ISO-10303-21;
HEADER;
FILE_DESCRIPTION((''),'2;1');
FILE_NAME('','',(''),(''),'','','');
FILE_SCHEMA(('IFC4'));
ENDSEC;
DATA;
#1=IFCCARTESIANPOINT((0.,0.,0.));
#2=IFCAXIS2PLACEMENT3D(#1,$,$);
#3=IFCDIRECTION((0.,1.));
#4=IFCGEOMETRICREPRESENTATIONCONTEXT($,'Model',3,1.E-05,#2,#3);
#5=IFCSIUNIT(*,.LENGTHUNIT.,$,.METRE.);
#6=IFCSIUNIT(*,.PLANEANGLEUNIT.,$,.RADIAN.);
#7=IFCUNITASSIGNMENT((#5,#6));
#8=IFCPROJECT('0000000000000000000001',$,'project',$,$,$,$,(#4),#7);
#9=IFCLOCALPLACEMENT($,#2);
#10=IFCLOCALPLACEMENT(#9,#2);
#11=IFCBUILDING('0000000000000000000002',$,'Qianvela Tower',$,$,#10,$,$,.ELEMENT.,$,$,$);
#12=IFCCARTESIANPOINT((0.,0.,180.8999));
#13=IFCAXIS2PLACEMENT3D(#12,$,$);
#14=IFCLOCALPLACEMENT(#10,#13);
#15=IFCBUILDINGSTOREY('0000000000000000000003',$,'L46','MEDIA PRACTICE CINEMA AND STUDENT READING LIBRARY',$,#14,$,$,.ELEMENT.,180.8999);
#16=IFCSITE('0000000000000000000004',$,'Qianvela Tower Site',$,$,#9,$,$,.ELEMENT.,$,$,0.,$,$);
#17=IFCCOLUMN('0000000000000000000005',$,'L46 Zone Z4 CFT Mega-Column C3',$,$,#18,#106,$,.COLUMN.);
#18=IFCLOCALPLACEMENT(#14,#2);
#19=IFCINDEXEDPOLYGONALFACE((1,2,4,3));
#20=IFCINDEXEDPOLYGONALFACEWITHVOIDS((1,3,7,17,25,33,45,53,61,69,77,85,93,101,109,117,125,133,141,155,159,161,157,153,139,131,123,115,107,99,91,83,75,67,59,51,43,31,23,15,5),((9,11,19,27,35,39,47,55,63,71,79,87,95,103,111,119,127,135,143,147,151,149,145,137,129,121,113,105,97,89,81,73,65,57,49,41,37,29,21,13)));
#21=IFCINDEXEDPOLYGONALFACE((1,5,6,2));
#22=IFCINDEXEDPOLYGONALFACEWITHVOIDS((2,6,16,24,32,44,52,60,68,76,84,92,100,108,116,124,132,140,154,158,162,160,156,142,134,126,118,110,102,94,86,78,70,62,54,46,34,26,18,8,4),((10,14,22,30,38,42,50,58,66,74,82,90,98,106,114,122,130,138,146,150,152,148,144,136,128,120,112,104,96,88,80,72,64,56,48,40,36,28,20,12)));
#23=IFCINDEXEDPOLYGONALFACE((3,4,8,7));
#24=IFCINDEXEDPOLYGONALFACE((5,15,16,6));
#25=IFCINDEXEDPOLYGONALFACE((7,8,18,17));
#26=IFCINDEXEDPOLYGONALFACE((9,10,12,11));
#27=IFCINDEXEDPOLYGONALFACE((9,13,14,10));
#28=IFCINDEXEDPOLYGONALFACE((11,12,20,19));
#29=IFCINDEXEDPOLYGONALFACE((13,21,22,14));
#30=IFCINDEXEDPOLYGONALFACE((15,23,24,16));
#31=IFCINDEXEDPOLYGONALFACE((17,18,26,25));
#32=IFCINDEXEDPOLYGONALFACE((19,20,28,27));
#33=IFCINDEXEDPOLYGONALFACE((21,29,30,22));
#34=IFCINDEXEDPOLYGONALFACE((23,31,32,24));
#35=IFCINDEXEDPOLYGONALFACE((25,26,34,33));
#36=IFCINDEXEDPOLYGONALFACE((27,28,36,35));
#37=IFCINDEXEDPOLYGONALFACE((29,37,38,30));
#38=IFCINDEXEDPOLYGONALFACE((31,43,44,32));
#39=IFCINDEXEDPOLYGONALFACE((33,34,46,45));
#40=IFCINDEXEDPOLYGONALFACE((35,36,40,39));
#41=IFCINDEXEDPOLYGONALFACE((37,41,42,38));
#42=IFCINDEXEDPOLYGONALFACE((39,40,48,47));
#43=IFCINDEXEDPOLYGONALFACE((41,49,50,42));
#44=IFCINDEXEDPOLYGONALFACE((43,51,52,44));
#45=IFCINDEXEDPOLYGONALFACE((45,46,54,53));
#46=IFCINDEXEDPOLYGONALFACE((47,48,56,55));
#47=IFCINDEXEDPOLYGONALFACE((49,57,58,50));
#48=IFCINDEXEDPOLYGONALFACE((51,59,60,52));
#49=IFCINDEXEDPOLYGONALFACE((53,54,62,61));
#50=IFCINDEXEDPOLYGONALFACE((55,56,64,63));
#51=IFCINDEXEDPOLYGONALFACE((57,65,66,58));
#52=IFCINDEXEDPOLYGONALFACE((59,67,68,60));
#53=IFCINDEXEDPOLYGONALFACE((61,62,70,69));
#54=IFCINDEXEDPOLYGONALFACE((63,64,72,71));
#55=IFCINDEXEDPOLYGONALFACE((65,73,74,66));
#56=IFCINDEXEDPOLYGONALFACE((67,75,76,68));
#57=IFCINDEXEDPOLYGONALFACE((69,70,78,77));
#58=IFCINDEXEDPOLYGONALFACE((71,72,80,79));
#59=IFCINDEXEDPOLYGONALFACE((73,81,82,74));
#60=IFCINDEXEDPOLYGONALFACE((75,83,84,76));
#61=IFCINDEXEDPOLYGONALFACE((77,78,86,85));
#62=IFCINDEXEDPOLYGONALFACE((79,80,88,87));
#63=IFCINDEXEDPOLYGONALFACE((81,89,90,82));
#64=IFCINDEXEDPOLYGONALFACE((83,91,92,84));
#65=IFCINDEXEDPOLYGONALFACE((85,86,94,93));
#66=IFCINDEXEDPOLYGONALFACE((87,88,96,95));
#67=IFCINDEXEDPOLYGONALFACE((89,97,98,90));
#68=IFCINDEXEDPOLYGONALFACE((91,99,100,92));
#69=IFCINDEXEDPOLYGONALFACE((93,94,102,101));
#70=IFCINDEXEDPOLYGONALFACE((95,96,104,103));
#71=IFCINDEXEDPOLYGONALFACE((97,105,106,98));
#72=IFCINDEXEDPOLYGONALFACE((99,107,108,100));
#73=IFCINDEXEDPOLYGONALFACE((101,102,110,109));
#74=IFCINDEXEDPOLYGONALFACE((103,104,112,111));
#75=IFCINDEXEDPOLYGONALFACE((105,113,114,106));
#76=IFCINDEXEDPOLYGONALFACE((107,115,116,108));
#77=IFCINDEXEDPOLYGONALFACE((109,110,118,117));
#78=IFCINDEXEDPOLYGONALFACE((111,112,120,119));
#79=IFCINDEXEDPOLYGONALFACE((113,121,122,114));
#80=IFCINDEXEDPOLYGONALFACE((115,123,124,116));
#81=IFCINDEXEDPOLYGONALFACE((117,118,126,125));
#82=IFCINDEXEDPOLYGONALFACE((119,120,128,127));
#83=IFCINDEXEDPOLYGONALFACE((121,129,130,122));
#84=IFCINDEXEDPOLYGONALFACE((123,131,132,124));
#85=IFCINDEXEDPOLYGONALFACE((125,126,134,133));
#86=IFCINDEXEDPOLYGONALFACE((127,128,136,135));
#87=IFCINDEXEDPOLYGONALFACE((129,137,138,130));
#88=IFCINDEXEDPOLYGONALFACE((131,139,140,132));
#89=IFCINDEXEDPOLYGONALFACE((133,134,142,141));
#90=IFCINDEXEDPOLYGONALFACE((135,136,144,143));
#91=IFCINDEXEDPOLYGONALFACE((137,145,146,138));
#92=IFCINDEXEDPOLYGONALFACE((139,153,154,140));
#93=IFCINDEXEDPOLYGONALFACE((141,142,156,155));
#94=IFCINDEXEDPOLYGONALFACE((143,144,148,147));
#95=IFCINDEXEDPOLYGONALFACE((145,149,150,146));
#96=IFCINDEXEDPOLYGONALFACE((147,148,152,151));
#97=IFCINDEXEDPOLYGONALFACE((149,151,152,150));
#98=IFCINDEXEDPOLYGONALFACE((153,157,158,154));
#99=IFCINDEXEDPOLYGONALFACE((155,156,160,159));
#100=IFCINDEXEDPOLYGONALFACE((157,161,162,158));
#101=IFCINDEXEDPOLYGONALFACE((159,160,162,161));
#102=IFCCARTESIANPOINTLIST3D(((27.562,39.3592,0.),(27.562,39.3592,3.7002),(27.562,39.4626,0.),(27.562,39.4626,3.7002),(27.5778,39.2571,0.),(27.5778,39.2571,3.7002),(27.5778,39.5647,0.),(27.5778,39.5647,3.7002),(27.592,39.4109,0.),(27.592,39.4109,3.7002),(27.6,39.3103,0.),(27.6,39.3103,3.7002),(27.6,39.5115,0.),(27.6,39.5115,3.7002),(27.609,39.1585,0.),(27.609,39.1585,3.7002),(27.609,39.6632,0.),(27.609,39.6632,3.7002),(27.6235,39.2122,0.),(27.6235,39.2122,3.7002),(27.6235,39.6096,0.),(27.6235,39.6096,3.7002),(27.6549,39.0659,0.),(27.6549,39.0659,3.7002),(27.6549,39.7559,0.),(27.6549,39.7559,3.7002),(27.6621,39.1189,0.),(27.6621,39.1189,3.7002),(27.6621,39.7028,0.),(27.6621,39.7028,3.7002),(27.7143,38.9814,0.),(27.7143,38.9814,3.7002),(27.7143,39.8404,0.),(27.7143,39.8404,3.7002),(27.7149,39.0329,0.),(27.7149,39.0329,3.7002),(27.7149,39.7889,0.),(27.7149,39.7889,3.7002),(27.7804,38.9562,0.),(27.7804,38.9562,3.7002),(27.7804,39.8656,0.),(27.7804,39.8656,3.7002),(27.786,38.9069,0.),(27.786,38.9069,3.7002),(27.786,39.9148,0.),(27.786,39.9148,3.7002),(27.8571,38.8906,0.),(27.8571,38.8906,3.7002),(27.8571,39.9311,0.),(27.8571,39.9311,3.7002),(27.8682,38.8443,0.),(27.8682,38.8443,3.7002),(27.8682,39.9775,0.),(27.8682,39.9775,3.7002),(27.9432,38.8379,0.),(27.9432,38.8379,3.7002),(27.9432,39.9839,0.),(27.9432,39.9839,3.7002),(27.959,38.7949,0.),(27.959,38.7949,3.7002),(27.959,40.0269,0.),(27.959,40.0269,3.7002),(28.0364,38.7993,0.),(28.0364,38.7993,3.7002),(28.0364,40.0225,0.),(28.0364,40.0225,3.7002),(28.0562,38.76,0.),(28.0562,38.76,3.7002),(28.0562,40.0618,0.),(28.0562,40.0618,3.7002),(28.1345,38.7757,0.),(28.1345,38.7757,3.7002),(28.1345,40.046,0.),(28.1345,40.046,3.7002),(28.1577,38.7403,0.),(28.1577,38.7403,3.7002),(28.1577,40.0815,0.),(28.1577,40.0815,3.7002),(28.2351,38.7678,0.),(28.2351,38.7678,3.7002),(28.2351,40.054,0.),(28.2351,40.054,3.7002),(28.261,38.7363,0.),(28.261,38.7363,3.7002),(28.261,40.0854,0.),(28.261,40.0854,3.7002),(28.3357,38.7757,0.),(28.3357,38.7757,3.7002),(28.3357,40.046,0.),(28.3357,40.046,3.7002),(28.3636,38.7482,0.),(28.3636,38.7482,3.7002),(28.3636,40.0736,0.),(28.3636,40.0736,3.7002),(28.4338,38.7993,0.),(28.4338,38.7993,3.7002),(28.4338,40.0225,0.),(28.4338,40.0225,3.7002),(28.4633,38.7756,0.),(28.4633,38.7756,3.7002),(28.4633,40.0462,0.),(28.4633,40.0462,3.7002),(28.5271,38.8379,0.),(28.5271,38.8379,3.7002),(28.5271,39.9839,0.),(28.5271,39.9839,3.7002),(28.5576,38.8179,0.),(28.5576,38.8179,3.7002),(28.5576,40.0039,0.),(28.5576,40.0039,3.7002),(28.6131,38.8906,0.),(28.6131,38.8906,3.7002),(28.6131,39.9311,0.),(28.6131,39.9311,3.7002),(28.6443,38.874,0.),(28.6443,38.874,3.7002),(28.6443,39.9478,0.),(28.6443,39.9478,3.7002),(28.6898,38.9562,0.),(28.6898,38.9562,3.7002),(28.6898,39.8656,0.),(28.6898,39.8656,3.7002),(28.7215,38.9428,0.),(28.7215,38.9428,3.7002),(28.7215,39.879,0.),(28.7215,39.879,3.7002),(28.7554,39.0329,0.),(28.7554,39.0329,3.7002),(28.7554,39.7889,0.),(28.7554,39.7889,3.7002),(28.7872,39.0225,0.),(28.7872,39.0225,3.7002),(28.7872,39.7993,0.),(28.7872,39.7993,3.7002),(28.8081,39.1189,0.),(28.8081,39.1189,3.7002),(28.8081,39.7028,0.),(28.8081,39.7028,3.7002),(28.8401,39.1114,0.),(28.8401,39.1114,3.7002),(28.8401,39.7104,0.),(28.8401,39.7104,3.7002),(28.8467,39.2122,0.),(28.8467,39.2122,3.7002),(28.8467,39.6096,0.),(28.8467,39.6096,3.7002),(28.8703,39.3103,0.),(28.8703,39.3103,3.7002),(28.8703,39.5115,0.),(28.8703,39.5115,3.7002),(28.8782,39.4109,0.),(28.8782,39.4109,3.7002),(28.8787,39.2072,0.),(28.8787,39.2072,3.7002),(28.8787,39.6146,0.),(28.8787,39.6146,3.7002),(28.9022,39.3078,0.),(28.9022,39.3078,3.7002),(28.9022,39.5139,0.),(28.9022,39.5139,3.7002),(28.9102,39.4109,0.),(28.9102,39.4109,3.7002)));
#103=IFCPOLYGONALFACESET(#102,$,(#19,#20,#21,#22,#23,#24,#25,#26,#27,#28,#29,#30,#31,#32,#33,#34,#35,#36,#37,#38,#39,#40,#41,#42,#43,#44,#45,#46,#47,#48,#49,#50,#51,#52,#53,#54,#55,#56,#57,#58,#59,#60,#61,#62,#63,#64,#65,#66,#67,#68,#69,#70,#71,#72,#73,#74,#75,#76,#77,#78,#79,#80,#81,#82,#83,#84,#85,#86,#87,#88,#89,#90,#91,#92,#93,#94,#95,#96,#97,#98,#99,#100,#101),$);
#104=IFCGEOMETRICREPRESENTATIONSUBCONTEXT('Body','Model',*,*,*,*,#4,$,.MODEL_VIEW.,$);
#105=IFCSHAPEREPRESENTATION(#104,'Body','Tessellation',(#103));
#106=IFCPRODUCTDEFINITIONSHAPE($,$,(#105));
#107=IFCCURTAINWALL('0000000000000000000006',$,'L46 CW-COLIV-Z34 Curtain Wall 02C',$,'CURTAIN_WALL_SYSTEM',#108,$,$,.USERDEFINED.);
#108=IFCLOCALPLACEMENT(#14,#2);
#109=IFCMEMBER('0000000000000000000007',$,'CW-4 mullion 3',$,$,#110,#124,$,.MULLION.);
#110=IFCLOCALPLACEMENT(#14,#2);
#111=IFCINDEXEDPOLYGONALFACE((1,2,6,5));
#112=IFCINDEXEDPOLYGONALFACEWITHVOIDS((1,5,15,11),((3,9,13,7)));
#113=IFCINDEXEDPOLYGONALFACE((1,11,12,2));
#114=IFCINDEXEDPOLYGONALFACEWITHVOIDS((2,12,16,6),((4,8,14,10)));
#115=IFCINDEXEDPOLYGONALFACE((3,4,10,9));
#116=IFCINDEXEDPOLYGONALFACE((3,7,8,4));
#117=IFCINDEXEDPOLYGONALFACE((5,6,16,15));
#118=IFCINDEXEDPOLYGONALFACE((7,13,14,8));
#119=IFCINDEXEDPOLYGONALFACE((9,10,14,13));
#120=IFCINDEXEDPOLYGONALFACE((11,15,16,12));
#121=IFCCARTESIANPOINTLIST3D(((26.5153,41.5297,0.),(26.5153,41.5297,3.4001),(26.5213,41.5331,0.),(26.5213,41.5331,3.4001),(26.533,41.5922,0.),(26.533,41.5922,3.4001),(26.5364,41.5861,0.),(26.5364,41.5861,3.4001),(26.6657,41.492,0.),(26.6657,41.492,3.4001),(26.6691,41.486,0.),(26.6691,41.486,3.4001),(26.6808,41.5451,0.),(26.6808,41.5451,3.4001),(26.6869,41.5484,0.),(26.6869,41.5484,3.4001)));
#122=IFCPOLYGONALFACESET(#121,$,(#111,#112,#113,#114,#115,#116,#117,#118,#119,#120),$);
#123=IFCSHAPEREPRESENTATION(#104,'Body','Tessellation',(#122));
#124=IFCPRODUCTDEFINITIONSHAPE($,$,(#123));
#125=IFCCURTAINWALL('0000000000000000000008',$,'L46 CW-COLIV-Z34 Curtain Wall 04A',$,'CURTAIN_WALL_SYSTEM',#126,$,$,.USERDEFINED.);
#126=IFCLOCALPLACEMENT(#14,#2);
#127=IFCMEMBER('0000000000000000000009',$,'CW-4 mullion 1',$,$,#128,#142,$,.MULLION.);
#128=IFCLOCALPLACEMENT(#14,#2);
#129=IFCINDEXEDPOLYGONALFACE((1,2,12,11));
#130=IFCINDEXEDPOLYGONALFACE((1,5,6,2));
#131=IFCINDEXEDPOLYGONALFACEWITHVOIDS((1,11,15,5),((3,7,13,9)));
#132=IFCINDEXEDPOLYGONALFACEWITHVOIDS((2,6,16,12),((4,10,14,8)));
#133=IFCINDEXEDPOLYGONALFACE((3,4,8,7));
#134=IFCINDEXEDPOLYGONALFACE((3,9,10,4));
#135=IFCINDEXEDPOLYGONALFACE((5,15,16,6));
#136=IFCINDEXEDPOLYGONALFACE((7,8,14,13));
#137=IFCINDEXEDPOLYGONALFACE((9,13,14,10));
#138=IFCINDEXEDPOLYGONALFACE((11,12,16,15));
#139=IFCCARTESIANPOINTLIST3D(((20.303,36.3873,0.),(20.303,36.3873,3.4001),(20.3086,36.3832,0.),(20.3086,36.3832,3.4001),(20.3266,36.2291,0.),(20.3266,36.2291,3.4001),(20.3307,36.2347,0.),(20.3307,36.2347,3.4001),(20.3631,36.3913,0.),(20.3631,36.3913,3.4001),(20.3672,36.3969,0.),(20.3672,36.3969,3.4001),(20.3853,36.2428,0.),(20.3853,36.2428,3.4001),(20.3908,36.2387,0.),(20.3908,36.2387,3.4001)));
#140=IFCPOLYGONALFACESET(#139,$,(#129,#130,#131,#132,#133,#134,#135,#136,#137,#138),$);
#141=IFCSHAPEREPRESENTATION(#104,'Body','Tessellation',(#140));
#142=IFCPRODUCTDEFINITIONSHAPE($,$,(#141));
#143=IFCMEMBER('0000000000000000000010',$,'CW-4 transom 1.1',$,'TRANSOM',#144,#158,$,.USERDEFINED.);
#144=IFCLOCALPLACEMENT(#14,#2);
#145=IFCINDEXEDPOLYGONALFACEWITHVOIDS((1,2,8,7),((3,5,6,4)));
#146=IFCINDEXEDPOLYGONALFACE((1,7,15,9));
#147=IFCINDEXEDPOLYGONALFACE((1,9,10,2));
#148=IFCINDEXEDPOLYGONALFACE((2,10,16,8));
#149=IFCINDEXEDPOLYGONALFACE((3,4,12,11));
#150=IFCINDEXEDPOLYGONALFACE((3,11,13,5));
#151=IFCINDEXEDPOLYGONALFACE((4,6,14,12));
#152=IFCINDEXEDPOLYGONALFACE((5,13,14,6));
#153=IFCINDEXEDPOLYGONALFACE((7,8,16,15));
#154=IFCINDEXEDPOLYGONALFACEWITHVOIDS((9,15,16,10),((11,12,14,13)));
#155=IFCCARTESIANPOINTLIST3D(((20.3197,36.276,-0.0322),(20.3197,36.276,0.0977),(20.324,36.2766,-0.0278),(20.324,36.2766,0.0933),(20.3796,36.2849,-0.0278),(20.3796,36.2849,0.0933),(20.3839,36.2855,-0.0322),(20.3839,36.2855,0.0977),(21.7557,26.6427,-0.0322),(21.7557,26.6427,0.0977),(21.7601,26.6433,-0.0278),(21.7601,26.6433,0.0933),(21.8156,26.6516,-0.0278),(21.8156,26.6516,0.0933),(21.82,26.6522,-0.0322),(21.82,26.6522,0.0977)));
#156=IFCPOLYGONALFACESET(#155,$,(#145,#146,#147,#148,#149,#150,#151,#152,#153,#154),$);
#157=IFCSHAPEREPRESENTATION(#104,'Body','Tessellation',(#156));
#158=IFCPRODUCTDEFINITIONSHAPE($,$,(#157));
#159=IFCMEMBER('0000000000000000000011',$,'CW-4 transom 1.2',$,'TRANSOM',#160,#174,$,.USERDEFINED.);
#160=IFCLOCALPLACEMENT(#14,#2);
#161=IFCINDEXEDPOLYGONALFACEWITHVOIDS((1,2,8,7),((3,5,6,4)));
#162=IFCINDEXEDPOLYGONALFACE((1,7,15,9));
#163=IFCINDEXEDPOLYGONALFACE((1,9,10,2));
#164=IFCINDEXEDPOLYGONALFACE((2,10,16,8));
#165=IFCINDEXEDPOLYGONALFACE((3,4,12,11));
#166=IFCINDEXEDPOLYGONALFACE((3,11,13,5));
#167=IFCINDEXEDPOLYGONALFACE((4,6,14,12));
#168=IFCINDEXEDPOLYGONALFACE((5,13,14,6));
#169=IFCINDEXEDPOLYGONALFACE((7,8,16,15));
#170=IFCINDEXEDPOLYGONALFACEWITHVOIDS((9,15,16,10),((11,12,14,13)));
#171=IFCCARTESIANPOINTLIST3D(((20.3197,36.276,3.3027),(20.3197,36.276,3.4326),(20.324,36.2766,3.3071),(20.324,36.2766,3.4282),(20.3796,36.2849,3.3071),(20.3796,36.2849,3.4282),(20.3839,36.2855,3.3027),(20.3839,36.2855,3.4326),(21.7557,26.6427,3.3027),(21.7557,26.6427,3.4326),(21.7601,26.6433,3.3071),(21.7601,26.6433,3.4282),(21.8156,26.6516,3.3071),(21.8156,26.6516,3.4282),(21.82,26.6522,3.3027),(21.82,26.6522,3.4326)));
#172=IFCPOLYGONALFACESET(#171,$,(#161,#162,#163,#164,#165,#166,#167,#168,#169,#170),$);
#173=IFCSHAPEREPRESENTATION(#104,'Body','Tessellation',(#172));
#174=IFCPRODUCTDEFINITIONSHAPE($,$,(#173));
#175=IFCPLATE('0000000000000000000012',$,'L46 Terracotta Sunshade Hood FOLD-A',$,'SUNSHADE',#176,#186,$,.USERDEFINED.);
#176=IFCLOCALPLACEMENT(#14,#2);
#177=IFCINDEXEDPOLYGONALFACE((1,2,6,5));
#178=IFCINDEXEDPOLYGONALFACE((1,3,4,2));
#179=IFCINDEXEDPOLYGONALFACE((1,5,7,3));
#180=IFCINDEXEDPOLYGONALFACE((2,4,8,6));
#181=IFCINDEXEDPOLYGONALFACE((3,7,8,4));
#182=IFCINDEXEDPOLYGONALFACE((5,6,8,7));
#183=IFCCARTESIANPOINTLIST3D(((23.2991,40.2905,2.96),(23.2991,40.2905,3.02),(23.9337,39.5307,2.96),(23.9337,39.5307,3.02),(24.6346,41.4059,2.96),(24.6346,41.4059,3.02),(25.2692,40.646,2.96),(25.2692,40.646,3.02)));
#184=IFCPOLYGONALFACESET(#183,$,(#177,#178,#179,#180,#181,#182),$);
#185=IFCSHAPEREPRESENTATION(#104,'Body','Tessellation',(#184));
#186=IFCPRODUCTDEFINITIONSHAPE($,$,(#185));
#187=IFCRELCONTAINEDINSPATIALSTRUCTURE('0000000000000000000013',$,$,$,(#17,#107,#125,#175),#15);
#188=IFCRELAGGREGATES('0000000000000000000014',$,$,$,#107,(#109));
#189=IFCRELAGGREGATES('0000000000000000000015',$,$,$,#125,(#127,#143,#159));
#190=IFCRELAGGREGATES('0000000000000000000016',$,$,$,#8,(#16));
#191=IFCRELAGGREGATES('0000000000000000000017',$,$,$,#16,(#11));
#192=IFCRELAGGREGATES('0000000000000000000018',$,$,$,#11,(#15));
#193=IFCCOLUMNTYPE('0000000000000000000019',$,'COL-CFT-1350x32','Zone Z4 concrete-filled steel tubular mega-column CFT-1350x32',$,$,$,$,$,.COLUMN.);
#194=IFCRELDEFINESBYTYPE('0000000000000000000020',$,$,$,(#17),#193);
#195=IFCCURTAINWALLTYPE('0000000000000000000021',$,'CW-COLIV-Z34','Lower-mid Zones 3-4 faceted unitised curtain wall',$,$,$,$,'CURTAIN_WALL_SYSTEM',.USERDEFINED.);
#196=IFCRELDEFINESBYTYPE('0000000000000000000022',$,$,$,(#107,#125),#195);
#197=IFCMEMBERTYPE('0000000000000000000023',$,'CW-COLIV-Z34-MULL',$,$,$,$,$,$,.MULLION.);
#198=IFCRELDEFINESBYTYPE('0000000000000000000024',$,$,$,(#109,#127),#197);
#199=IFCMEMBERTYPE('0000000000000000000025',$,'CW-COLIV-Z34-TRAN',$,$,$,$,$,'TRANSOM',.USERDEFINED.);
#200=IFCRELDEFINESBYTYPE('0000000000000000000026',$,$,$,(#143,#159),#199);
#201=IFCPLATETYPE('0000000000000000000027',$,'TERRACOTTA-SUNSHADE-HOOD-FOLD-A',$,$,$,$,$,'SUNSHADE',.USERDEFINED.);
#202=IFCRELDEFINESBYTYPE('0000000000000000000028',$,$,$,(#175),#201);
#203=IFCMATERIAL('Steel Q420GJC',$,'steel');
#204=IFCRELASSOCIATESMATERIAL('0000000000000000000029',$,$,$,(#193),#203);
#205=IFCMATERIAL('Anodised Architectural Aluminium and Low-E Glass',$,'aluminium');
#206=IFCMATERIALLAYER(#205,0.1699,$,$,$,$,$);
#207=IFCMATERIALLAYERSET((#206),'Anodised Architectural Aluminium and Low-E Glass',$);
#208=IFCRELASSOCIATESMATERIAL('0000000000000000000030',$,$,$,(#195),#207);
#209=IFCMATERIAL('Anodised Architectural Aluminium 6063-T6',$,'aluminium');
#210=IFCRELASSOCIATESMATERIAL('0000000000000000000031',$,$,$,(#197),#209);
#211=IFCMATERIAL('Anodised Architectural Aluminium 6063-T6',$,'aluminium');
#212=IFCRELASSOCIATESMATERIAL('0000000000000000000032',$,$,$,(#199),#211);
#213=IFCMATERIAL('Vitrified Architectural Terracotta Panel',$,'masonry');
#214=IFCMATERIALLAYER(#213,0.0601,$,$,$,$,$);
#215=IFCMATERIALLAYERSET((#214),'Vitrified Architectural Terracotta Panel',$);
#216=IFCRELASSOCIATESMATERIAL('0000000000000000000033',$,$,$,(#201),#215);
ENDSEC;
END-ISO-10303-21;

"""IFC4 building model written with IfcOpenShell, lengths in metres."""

from ifc_helpers import new_model, si_unit, direction, frame, origin, origin_2d, place, context, subcontext, project, spatial, rectangle, hollow_rectangle, hollow_circle, extrude, material, layer, layer_set, material_profile, profile_set, type_object, element, aggregate, save


model = new_model("IFC4")

# Units and contexts
model_context = context("Model", 3, precision=1e-05, world=origin(), true_north=direction((0.0, 1.0)))
body_context = subcontext(model_context, "Body", "Model", "MODEL_VIEW")
ifc_project = project(units=[si_unit("LENGTHUNIT", "METRE"), si_unit("PLANEANGLEUNIT", "RADIAN")], contexts=[model_context])

# Site, building, storey
site_placement = place(None, origin())
site = spatial("IfcSite", under=ifc_project, at=site_placement, Name="Qianvela Tower Site", CompositionType="ELEMENT", RefElevation=0.0)
building_placement = place(site_placement, origin())
building = spatial("IfcBuilding", under=site, at=building_placement, Name="Qianvela Tower", CompositionType="ELEMENT")
storey_placement = place(building_placement, frame((0.0, 0.0, 180.8999)))
storey = spatial("IfcBuildingStorey", under=building, at=storey_placement, Name="L46", Description="MEDIA PRACTICE CINEMA AND STUDENT READING LIBRARY", CompositionType="ELEMENT", Elevation=180.8999)

# Column
ifc_material_1 = material(Name="Steel Q420GJC", Category="steel")
ifc_material_profile_1 = material_profile(ifc_material_1, hollow_circle(Radius=0.675, WallThickness=0.032, at=origin_2d()), Name="CFT-1350x32")
ifc_profile_set_1 = profile_set([ifc_material_profile_1], Name="Steel Q420GJC")
column_type = type_object("IfcColumnType", Name="COL-CFT-1350x32", Description="Zone Z4 concrete-filled steel tubular mega-column CFT-1350x32", PredefinedType="COLUMN", material=ifc_profile_set_1)
column_placement = place(storey_placement, frame((28.2351, 39.4109, 0.0), z_axis=(0.0, 0.0, 1.0), x_axis=(1.0, 0.0, 0.0)))
element("IfcColumn", 1, at=column_placement, inside=storey, type_object=column_type, Name="L46 Zone Z4 CFT Mega-Column C3", PredefinedType="COLUMN", context=body_context, shape_type="SweptSolid", body=[
    extrude(hollow_circle(Radius=0.675, WallThickness=0.032, at=origin_2d()), origin(), (0.0, 0.0, 1.0), 3.7002),
])

# Curtain wall, member
ifc_material_2 = material(Name="Anodised Architectural Aluminium and Low-E Glass", Category="aluminium")
ifc_layer_1 = layer(ifc_material_2, 0.1699)
ifc_layer_set_1 = layer_set([ifc_layer_1], Name="Anodised Architectural Aluminium and Low-E Glass")
curtain_wall_type = type_object("IfcCurtainWallType", Name="CW-COLIV-Z34", Description="Lower-mid Zones 3-4 faceted unitised curtain wall", ElementType="CURTAIN_WALL_SYSTEM", PredefinedType="USERDEFINED", material=ifc_layer_set_1)
curtain_wall_1_placement = place(storey_placement, origin())
curtain_wall_1 = element("IfcCurtainWall", 2, at=curtain_wall_1_placement, inside=storey, type_object=curtain_wall_type, Name="L46 CW-COLIV-Z34 Curtain Wall 02C", ObjectType="CURTAIN_WALL_SYSTEM", PredefinedType="USERDEFINED")
ifc_material_3 = material(Name="Anodised Architectural Aluminium 6063-T6", Category="aluminium")
ifc_material_profile_2 = material_profile(ifc_material_3, hollow_rectangle(XDim=0.0649, YDim=0.1599, WallThickness=0.0049, at=origin_2d()), Name="ALU-MULL-65x160")
ifc_profile_set_2 = profile_set([ifc_material_profile_2], Name="Anodised Architectural Aluminium 6063-T6")
member_type_1 = type_object("IfcMemberType", Name="CW-COLIV-Z34-MULL", PredefinedType="MULLION", material=ifc_profile_set_2)
member_1_placement = place(storey_placement, frame((26.6011, 41.5391, 0.0), z_axis=(0.0, 0.0, 1.0), x_axis=(-0.273502, -0.961871, 0.0)))
member_1 = element("IfcMember", 3, at=member_1_placement, type_object=member_type_1, Name="CW-4 mullion 3", PredefinedType="MULLION", context=body_context, shape_type="SweptSolid", body=[
    extrude(hollow_rectangle(XDim=0.0649, YDim=0.1599, WallThickness=0.0049, at=origin_2d()), origin(), (0.0, 0.0, 1.0), 3.4001),
])
aggregate(curtain_wall_1, [member_1])

# Curtain wall, members
curtain_wall_2_placement = place(storey_placement, origin())
curtain_wall_2 = element("IfcCurtainWall", 4, at=curtain_wall_2_placement, inside=storey, type_object=curtain_wall_type, Name="L46 CW-COLIV-Z34 Curtain Wall 04A", ObjectType="CURTAIN_WALL_SYSTEM", PredefinedType="USERDEFINED")
member_2_placement = place(storey_placement, frame((20.3469, 36.313, 0.0), z_axis=(0.0, 0.0, 1.0), x_axis=(0.989068, 0.147459, 0.0)))
member_2 = element("IfcMember", 5, at=member_2_placement, type_object=member_type_1, Name="CW-4 mullion 1", PredefinedType="MULLION", context=body_context, shape_type="SweptSolid", body=[
    extrude(hollow_rectangle(XDim=0.0649, YDim=0.1599, WallThickness=0.0049, at=origin_2d()), origin(), (0.0, 0.0, 1.0), 3.4001),
])
ifc_material_4 = material(Name="Anodised Architectural Aluminium 6063-T6", Category="aluminium")
ifc_material_profile_3 = material_profile(ifc_material_4, hollow_rectangle(XDim=0.0649, YDim=0.1299, WallThickness=0.0044, at=origin_2d()), Name="ALU-TRAN-65x130")
ifc_profile_set_3 = profile_set([ifc_material_profile_3], Name="Anodised Architectural Aluminium 6063-T6")
member_type_2 = type_object("IfcMemberType", Name="CW-COLIV-Z34-TRAN", ElementType="TRANSOM", PredefinedType="USERDEFINED", material=ifc_profile_set_3)
member_3_placement = place(storey_placement, frame((20.3518, 36.2808, 0.0327), z_axis=(0.147441, -0.989071, 0.0), x_axis=(0.989071, 0.147441, 0.0)))
member_3 = element("IfcMember", 6, at=member_3_placement, type_object=member_type_2, Name="CW-4 transom 1.1", ObjectType="TRANSOM", PredefinedType="USERDEFINED", context=body_context, shape_type="SweptSolid", body=[
    extrude(hollow_rectangle(XDim=0.0649, YDim=0.1299, WallThickness=0.0044, at=origin_2d()), origin(), (0.0, 0.0, 1.0), 9.7397),
])
member_4_placement = place(storey_placement, frame((20.3518, 36.2808, 3.3677), z_axis=(0.147441, -0.989071, 0.0), x_axis=(0.989071, 0.147441, 0.0)))
member_4 = element("IfcMember", 7, at=member_4_placement, type_object=member_type_2, Name="CW-4 transom 1.2", ObjectType="TRANSOM", PredefinedType="USERDEFINED", context=body_context, shape_type="SweptSolid", body=[
    extrude(hollow_rectangle(XDim=0.0649, YDim=0.1299, WallThickness=0.0044, at=origin_2d()), origin(), (0.0, 0.0, 1.0), 9.7397),
])
aggregate(curtain_wall_2, [member_2, member_3, member_4])

# Plate
ifc_material_5 = material(Name="Vitrified Architectural Terracotta Panel", Category="masonry")
ifc_layer_2 = layer(ifc_material_5, 0.0601)
ifc_layer_set_2 = layer_set([ifc_layer_2], Name="Vitrified Architectural Terracotta Panel")
plate_type_1 = type_object("IfcPlateType", Name="TERRACOTTA-SUNSHADE-HOOD-FOLD-A", ElementType="SUNSHADE", PredefinedType="USERDEFINED", material=ifc_layer_set_2)
plate_placement = place(storey_placement, frame((24.2842, 40.4683, 2.96), z_axis=(0.0, 0.0, 1.0), x_axis=(-0.767545, -0.640996, 0.0)))
element("IfcPlate", 8, at=plate_placement, inside=storey, type_object=plate_type_1, Name="L46 Terracotta Sunshade Hood FOLD-A", ObjectType="SUNSHADE", PredefinedType="USERDEFINED", context=body_context, shape_type="SweptSolid", body=[
    extrude(rectangle(XDim=1.74, YDim=0.99, at=origin_2d()), origin(), (0.0, 0.0, 1.0), 0.0601),
])

save(model, "model.ifc")
